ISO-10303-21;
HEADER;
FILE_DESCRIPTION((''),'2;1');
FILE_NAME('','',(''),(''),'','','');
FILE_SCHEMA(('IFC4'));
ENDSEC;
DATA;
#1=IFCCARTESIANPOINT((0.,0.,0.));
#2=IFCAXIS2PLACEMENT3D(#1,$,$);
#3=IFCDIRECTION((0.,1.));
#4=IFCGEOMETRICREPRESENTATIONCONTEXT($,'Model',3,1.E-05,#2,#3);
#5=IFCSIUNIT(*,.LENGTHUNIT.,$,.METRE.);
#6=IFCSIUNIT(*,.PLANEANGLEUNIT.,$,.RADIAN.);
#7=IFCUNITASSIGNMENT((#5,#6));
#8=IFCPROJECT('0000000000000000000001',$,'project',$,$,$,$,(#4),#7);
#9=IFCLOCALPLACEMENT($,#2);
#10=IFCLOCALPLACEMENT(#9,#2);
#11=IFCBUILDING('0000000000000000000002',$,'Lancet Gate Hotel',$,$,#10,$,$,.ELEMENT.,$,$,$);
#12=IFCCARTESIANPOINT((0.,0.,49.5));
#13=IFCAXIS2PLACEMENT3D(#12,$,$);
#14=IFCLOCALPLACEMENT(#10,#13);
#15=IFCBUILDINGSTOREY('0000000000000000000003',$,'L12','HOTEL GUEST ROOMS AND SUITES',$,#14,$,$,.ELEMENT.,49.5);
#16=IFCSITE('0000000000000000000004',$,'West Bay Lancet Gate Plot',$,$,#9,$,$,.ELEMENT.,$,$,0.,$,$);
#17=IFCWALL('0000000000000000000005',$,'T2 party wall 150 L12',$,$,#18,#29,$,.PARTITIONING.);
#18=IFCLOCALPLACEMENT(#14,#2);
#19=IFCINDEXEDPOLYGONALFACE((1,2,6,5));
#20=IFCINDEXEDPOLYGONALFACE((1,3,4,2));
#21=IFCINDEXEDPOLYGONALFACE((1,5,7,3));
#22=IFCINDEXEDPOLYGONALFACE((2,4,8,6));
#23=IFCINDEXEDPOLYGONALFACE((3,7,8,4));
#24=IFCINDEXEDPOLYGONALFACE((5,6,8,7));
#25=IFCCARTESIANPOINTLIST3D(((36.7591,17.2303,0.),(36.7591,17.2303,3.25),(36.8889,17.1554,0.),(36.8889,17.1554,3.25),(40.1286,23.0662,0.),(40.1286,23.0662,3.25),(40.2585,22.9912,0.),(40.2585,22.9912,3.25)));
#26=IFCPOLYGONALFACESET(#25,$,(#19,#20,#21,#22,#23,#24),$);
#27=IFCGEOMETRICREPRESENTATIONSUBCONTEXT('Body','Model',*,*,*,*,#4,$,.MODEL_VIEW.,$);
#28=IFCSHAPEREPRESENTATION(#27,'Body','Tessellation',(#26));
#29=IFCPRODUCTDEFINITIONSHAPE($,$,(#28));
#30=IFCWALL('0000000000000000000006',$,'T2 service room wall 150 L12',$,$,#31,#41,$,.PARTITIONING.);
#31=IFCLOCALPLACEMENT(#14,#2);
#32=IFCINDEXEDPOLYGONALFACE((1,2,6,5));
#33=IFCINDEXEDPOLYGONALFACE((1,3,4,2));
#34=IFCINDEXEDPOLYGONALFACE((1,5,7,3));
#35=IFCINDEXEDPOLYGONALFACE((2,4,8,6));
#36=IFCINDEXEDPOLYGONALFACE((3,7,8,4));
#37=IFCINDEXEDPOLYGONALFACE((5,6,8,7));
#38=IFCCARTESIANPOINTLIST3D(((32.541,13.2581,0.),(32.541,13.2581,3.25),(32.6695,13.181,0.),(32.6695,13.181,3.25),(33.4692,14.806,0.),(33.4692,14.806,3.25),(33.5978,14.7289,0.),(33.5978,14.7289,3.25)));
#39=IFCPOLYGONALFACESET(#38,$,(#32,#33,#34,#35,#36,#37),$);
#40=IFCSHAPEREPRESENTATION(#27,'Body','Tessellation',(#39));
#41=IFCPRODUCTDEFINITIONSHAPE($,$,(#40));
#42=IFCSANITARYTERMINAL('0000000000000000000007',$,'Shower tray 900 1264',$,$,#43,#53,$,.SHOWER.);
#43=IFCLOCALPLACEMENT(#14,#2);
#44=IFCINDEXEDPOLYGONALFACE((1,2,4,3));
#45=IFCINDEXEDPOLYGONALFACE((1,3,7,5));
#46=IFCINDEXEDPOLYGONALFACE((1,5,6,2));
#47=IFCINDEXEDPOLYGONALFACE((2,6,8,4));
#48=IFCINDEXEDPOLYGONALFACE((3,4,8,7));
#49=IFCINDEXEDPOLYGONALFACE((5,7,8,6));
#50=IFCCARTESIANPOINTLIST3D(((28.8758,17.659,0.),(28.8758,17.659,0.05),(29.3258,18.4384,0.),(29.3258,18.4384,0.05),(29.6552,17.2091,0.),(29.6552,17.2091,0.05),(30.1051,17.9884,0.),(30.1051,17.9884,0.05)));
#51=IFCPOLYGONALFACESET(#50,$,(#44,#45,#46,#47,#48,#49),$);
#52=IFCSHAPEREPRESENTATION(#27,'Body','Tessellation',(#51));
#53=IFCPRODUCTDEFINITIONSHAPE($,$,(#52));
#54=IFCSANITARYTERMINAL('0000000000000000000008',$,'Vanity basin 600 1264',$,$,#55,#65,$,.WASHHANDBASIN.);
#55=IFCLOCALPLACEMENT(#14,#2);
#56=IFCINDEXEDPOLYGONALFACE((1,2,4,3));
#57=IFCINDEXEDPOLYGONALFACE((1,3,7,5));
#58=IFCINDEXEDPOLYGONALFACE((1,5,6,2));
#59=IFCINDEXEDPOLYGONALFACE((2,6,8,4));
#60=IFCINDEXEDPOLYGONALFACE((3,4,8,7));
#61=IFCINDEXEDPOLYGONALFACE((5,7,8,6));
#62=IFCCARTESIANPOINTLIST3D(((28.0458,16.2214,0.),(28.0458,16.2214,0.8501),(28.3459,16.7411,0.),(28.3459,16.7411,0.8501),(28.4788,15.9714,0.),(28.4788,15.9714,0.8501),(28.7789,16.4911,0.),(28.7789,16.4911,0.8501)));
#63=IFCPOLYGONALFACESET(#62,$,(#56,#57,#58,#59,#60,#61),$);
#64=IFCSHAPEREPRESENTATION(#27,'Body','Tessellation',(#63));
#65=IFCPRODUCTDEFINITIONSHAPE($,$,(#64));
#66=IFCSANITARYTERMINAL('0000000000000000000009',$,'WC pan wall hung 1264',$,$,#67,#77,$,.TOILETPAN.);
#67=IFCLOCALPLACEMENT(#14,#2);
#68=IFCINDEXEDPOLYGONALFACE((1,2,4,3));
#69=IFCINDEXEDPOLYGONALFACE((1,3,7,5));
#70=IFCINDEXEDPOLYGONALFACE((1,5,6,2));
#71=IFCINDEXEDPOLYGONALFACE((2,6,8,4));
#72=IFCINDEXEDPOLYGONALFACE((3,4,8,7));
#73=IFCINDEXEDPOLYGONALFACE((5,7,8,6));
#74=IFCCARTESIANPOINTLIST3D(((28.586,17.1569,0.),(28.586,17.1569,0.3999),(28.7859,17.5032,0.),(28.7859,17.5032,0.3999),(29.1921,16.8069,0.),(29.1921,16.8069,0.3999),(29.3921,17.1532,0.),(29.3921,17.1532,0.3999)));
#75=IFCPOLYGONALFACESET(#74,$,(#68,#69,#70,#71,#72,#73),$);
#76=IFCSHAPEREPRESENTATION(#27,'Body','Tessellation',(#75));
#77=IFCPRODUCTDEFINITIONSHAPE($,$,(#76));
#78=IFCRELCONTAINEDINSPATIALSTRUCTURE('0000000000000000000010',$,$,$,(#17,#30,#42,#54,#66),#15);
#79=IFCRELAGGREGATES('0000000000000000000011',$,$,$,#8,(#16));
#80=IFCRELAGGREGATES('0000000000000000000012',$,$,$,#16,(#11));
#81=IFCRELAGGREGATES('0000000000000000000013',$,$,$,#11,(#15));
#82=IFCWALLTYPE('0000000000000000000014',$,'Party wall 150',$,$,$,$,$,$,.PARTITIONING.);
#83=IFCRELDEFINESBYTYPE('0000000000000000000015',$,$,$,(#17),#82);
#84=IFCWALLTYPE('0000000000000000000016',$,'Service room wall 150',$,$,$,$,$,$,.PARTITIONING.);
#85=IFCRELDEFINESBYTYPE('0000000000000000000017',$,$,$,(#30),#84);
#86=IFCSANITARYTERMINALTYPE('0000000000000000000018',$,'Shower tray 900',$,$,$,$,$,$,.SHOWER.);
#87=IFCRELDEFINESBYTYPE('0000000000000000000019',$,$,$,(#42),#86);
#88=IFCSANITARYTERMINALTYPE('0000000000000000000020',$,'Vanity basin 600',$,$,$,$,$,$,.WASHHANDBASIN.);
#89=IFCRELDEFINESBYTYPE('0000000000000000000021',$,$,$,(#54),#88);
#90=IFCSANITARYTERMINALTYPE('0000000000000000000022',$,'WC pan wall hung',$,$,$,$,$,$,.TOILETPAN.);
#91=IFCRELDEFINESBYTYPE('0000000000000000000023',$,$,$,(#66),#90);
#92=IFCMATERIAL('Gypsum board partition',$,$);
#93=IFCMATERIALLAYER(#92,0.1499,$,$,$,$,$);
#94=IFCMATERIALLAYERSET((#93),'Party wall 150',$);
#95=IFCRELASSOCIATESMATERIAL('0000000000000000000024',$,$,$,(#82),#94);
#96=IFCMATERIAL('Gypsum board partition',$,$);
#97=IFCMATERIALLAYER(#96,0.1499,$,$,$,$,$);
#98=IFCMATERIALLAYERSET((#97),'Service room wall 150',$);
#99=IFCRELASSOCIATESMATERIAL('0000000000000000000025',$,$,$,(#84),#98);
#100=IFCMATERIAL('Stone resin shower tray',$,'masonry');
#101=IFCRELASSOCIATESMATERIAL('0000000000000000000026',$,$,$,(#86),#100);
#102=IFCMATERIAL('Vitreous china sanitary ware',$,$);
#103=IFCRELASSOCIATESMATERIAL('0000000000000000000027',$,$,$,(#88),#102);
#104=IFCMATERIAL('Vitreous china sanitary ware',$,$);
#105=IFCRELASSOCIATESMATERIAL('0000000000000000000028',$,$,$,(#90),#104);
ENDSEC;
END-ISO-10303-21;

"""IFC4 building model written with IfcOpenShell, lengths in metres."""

from ifc_helpers import new_model, si_unit, direction, frame, frame_2d, origin, origin_2d, place, context, subcontext, project, spatial, rectangle, extrude, material, layer, layer_set, type_object, element, save


model = new_model("IFC4")

# Units and contexts
model_context = context("Model", 3, precision=1e-05, world=origin(), true_north=direction((0.0, 1.0)))
body_context = subcontext(model_context, "Body", "Model", "MODEL_VIEW")
ifc_project = project(units=[si_unit("LENGTHUNIT", "METRE"), si_unit("PLANEANGLEUNIT", "RADIAN")], contexts=[model_context])

# Site, building, storey
site_placement = place(None, origin())
site = spatial("IfcSite", under=ifc_project, at=site_placement, Name="West Bay Lancet Gate Plot", CompositionType="ELEMENT", RefElevation=0.0)
building_placement = place(site_placement, origin())
building = spatial("IfcBuilding", under=site, at=building_placement, Name="Lancet Gate Hotel", CompositionType="ELEMENT")
storey_placement = place(building_placement, frame((0.0, 0.0, 49.5)))
storey = spatial("IfcBuildingStorey", under=building, at=storey_placement, Name="L12", Description="HOTEL GUEST ROOMS AND SUITES", CompositionType="ELEMENT", Elevation=49.5)

# Walls
ifc_material_1 = material(Name="Gypsum board partition")
ifc_layer_1 = layer(ifc_material_1, 0.1499)
ifc_layer_set_1 = layer_set([ifc_layer_1], Name="Party wall 150")
wall_type_1 = type_object("IfcWallType", Name="Party wall 150", PredefinedType="PARTITIONING", material=ifc_layer_set_1)
wall_1_placement = place(storey_placement, frame((36.824, 17.1929, 0.0), z_axis=(0.0, 0.0, 1.0), x_axis=(0.500028, 0.866009, 0.0)))
element("IfcWall", 1, at=wall_1_placement, inside=storey, type_object=wall_type_1, Name="T2 party wall 150 L12", PredefinedType="PARTITIONING", context=body_context, shape_type="SweptSolid", body=[
    extrude(rectangle(XDim=6.7388, YDim=0.1499, at=frame_2d((3.3694, 0.0))), origin(), (0.0, 0.0, 1.0), 3.25),
])
ifc_material_2 = material(Name="Gypsum board partition")
ifc_layer_2 = layer(ifc_material_2, 0.1499)
ifc_layer_set_2 = layer_set([ifc_layer_2], Name="Service room wall 150")
wall_type_2 = type_object("IfcWallType", Name="Service room wall 150", PredefinedType="PARTITIONING", material=ifc_layer_set_2)
wall_2_placement = place(storey_placement, frame((33.5334, 14.7673, 0.0), z_axis=(0.0, 0.0, 1.0), x_axis=(-0.514297, -0.857612, 0.0)))
element("IfcWall", 2, at=wall_2_placement, inside=storey, type_object=wall_type_2, Name="T2 service room wall 150 L12", PredefinedType="PARTITIONING", context=body_context, shape_type="SweptSolid", body=[
    extrude(rectangle(XDim=1.8049, YDim=0.1499, at=frame_2d((0.9023, 0.0))), origin(), (0.0, 0.0, 1.0), 3.25),
])

# Sanitary terminals
ifc_material_3 = material(Name="Stone resin shower tray", Category="masonry")
sanitary_terminal_type_1 = type_object("IfcSanitaryTerminalType", Name="Shower tray 900", PredefinedType="SHOWER", material=ifc_material_3)
sanitary_terminal_1_placement = place(storey_placement, frame((29.4905, 17.8237, 0.0), z_axis=(0.0, 0.0, 1.0), x_axis=(0.5, 0.866025, 0.0)))
element("IfcSanitaryTerminal", 3, at=sanitary_terminal_1_placement, inside=storey, type_object=sanitary_terminal_type_1, Name="Shower tray 900 1264", PredefinedType="SHOWER", context=body_context, shape_type="SweptSolid", body=[
    extrude(rectangle(XDim=0.8999, YDim=0.8999, at=origin_2d()), origin(), (0.0, 0.0, 1.0), 0.05),
])
ifc_material_4 = material(Name="Vitreous china sanitary ware")
sanitary_terminal_type_2 = type_object("IfcSanitaryTerminalType", Name="Vanity basin 600", PredefinedType="WASHHANDBASIN", material=ifc_material_4)
sanitary_terminal_2_placement = place(storey_placement, frame((28.4124, 16.3562, 0.0), z_axis=(0.0, 0.0, 1.0), x_axis=(0.5, 0.866025, 0.0)))
element("IfcSanitaryTerminal", 4, at=sanitary_terminal_2_placement, inside=storey, type_object=sanitary_terminal_type_2, Name="Vanity basin 600 1264", PredefinedType="WASHHANDBASIN", context=body_context, shape_type="SweptSolid", body=[
    extrude(rectangle(XDim=0.6001, YDim=0.5, at=origin_2d()), origin(), (0.0, 0.0, 1.0), 0.8501),
])
ifc_material_5 = material(Name="Vitreous china sanitary ware")
sanitary_terminal_type_3 = type_object("IfcSanitaryTerminalType", Name="WC pan wall hung", PredefinedType="TOILETPAN", material=ifc_material_5)
sanitary_terminal_3_placement = place(storey_placement, frame((28.989, 17.155, 0.0), z_axis=(0.0, 0.0, 1.0), x_axis=(0.5, 0.866025, 0.0)))
element("IfcSanitaryTerminal", 5, at=sanitary_terminal_3_placement, inside=storey, type_object=sanitary_terminal_type_3, Name="WC pan wall hung 1264", PredefinedType="TOILETPAN", context=body_context, shape_type="SweptSolid", body=[
    extrude(rectangle(XDim=0.3999, YDim=0.7, at=origin_2d()), origin(), (0.0, 0.0, 1.0), 0.3999),
])

save(model, "model.ifc")
